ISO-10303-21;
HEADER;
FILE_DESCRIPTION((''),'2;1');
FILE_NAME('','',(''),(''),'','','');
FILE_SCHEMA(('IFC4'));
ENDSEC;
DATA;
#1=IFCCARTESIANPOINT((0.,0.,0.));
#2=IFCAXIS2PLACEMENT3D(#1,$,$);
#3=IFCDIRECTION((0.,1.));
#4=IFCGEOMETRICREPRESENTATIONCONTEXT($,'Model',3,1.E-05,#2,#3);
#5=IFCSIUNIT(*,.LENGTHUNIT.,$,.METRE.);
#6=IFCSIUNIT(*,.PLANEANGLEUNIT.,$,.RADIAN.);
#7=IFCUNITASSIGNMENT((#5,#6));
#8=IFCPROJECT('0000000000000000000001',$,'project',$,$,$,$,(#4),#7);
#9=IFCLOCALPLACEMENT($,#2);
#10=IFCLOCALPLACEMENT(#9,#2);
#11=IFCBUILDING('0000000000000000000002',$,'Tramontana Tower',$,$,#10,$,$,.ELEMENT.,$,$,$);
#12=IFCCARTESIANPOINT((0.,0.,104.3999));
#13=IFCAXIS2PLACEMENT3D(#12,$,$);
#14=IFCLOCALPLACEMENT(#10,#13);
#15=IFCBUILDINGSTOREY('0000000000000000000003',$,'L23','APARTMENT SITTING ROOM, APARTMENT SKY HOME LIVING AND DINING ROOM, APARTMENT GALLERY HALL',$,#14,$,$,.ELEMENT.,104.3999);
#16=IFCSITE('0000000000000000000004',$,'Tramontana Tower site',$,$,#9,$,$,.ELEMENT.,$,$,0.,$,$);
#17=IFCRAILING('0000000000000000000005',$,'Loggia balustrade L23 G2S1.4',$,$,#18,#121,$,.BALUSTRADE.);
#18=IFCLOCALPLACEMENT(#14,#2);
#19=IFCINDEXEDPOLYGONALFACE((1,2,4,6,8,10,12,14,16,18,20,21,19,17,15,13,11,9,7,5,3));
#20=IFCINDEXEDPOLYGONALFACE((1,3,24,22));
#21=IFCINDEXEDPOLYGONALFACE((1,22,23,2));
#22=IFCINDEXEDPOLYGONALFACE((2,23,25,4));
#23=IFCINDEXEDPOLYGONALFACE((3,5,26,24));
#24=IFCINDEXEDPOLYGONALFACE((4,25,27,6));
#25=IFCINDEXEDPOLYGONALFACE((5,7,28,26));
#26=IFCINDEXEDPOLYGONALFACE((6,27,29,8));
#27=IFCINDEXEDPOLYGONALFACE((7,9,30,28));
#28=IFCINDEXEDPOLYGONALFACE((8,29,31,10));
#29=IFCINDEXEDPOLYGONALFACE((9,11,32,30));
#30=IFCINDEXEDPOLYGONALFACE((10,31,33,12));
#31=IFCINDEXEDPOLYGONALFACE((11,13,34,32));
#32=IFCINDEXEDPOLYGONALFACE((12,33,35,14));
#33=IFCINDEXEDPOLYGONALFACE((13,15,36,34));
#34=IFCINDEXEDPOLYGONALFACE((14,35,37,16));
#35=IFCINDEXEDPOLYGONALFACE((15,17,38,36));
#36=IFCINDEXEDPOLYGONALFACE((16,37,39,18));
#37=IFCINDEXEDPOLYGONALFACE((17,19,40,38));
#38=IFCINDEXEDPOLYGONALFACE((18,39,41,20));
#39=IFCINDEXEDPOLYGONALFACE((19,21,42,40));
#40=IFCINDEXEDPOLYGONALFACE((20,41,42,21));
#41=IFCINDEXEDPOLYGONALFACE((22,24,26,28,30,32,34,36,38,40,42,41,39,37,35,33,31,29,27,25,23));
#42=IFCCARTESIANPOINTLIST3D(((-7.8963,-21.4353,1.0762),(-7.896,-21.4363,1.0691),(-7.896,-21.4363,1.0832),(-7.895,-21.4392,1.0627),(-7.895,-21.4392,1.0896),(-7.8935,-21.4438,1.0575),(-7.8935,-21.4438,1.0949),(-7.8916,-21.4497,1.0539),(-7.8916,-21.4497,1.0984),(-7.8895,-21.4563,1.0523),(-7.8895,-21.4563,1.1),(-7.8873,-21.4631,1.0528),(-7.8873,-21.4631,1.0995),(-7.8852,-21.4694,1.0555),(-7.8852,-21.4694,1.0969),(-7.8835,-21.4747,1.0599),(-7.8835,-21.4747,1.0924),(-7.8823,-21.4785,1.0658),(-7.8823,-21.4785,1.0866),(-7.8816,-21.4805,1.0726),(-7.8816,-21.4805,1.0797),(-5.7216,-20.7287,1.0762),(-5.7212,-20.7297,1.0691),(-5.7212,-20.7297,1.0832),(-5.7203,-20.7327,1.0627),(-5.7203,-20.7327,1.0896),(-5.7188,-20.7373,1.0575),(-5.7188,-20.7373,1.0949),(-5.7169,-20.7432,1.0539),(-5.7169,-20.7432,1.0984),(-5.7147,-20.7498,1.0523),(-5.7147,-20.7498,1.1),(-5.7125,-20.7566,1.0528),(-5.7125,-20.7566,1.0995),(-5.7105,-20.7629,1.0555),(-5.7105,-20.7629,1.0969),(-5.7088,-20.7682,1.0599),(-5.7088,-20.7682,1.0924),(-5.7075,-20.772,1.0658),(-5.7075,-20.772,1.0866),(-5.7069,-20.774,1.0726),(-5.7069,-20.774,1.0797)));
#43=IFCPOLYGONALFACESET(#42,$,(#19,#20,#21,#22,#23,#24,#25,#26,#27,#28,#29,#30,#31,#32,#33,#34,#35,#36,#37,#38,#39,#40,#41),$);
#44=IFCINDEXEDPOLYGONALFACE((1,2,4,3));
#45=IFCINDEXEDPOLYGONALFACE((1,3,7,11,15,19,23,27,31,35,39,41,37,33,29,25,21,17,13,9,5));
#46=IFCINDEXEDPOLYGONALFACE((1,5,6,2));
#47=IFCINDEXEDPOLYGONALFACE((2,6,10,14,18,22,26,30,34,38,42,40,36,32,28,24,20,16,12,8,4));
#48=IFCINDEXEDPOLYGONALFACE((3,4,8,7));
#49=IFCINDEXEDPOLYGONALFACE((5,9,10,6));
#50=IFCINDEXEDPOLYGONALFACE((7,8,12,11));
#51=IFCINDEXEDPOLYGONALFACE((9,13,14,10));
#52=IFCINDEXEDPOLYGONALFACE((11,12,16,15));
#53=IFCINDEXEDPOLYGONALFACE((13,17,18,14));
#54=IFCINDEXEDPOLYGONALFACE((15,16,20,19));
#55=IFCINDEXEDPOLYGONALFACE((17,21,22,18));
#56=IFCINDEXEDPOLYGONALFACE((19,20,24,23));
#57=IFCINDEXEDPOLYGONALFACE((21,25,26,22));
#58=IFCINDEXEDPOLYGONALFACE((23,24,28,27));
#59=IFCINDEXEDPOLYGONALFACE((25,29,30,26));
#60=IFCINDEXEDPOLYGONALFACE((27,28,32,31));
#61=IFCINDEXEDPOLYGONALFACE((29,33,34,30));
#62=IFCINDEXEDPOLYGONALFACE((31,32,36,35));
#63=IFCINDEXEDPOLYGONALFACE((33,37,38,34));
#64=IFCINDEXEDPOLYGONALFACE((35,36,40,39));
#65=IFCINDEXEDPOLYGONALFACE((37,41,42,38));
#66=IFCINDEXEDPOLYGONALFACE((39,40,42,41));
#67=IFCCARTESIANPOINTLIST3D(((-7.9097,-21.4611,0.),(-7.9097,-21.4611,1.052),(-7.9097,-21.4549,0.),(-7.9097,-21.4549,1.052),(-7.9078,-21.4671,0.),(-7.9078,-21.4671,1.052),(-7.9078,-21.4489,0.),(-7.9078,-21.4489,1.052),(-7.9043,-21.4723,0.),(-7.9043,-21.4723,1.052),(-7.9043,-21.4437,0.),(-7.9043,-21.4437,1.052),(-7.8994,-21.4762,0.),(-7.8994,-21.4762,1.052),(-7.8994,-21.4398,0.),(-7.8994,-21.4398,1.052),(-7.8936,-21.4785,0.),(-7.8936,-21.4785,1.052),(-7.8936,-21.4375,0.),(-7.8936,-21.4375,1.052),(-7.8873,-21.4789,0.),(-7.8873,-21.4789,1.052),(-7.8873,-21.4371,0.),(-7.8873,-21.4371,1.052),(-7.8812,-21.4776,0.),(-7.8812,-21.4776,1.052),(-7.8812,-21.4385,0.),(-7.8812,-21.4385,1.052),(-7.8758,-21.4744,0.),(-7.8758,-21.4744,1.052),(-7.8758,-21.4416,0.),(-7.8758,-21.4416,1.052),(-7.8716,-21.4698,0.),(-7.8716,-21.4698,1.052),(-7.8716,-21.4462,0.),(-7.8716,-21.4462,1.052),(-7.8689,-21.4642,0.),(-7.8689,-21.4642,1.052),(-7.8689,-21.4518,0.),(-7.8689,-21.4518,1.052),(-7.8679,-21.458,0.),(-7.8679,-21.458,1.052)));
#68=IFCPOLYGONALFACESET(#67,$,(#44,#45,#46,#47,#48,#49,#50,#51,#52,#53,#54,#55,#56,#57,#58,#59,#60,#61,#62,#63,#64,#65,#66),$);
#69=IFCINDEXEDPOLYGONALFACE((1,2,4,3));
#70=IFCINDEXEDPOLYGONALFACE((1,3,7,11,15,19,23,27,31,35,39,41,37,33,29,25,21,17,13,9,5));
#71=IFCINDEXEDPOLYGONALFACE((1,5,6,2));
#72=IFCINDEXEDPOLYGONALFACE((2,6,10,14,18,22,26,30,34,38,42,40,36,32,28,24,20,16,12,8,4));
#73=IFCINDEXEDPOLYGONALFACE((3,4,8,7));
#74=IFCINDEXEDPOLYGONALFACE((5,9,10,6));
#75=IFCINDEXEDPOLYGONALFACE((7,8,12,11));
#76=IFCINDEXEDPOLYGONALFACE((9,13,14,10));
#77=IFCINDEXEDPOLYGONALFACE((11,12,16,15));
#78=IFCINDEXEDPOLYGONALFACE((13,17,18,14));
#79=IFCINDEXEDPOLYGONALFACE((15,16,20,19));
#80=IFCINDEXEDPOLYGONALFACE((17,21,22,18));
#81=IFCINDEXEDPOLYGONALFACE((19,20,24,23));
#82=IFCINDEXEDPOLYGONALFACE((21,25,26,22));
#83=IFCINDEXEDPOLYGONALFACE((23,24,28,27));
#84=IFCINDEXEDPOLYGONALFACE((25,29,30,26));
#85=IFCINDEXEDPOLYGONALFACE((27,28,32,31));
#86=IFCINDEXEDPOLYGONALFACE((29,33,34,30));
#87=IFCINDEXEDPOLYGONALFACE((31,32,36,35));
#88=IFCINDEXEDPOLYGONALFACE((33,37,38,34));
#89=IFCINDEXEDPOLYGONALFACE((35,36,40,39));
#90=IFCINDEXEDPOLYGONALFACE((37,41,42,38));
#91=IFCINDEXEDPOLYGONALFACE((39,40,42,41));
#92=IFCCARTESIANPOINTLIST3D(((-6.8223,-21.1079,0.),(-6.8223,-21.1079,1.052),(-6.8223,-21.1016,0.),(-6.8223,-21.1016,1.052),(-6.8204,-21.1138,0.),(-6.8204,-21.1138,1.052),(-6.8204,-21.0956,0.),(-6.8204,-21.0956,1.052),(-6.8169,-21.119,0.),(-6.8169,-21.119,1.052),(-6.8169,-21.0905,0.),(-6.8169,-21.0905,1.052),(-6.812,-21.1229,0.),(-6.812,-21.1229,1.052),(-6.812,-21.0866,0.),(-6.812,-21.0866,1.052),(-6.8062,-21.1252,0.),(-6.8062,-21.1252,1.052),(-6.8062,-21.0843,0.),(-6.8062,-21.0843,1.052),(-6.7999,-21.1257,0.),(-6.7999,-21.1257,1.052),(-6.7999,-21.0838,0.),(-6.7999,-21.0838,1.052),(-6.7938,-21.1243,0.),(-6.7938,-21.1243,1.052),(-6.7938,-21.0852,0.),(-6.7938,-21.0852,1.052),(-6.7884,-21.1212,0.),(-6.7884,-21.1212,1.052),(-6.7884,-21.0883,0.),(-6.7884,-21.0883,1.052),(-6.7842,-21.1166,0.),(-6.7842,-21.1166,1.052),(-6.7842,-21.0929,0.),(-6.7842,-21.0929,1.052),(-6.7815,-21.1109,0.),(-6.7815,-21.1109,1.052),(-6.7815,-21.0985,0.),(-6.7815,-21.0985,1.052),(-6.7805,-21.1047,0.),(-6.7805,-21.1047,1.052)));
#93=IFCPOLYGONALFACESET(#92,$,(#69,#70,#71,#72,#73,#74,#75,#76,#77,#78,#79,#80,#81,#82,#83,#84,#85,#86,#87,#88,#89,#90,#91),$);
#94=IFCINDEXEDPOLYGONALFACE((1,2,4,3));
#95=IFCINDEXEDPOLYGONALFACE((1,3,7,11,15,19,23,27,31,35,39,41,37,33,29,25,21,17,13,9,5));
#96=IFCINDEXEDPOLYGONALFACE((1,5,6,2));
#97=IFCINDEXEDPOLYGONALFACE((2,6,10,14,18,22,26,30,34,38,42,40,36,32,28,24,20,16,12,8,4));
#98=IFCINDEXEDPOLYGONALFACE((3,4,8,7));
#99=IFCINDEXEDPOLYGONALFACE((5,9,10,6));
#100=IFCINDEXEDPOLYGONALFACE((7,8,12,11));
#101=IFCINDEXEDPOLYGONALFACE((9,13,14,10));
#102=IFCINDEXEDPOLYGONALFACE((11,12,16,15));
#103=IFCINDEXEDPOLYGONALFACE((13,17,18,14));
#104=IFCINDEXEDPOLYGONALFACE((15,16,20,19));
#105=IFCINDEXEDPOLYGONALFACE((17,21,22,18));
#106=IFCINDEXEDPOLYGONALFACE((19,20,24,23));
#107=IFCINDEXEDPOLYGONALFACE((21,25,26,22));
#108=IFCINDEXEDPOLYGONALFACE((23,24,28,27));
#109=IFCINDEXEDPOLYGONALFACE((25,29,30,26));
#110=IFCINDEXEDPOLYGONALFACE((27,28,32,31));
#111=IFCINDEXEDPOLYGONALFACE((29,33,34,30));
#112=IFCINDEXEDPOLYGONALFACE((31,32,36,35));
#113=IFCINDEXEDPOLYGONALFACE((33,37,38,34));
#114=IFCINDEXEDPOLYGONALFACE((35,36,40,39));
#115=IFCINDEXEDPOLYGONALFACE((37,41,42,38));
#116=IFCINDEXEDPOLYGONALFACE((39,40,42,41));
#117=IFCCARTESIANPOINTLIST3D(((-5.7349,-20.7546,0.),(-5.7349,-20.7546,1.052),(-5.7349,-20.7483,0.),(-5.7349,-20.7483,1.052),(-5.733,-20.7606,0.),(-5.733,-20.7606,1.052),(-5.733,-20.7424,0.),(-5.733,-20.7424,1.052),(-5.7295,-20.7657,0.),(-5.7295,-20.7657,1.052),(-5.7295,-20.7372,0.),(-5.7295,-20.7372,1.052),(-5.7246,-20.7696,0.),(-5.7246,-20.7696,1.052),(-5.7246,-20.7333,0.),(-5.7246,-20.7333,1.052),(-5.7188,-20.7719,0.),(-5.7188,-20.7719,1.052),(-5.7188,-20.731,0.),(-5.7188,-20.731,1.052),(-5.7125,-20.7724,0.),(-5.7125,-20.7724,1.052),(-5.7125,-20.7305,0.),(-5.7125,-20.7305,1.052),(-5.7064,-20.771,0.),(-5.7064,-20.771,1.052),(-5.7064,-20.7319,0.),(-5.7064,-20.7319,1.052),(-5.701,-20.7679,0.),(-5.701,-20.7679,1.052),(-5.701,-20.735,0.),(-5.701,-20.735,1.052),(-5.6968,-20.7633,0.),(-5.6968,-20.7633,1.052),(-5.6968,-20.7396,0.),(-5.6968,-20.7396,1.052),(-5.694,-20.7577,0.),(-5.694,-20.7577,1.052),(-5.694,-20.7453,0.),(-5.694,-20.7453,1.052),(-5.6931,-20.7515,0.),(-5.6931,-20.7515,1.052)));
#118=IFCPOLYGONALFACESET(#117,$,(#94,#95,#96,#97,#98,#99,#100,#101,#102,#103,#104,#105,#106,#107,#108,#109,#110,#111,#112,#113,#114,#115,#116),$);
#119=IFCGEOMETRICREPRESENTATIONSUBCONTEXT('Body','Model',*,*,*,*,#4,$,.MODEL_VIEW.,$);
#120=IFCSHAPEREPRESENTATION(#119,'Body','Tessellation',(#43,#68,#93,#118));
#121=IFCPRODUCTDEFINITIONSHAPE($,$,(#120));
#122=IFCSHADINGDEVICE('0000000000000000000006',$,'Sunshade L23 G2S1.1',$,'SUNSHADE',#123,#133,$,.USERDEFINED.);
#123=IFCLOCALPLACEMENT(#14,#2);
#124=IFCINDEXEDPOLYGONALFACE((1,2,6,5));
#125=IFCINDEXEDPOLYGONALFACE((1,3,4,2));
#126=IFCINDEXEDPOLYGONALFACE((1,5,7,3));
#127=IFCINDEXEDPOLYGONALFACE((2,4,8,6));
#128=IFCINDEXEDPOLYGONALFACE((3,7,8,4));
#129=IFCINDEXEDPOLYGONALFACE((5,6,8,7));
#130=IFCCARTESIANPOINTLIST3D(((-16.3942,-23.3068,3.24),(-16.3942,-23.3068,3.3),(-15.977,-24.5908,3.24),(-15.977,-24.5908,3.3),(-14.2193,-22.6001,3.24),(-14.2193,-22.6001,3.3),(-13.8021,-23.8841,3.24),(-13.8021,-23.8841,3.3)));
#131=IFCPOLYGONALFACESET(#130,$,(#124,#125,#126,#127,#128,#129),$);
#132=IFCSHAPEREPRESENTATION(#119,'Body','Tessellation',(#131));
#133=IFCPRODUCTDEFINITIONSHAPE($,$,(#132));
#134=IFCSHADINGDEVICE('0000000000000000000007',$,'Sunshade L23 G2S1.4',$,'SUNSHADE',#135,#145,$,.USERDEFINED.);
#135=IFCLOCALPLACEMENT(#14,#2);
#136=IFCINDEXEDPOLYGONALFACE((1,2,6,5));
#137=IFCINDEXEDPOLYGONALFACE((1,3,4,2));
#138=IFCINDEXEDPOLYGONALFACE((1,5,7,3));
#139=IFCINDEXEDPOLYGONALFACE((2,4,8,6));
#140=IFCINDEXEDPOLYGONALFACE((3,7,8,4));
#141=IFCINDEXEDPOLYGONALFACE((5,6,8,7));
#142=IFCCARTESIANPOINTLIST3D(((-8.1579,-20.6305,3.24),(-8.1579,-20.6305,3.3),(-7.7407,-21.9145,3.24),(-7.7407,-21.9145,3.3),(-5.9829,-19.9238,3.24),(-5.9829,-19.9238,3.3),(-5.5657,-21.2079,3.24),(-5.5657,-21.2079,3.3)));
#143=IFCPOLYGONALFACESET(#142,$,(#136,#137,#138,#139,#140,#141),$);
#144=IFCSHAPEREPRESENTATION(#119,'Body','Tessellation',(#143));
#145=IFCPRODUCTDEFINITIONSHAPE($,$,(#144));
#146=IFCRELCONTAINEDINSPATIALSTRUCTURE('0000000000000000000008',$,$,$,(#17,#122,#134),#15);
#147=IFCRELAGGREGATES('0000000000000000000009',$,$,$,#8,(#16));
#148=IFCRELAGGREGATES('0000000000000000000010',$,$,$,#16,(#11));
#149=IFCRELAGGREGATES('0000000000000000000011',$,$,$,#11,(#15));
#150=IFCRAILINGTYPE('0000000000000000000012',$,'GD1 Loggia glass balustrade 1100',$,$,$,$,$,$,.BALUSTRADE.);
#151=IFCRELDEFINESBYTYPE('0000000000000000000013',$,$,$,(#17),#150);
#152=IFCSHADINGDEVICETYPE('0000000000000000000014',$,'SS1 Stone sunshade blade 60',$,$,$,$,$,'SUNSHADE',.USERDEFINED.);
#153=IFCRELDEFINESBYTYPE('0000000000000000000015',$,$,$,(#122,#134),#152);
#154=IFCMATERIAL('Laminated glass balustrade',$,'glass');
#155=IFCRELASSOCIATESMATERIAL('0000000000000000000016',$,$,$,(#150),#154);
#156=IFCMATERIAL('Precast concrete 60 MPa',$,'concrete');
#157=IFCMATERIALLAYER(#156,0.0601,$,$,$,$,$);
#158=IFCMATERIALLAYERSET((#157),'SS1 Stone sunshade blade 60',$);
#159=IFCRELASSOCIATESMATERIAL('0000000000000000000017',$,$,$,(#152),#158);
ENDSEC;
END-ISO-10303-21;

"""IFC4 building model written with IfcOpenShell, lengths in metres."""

from ifc_helpers import new_model, si_unit, direction, frame, origin, origin_2d, place, context, subcontext, project, spatial, rectangle, circle, extrude, material, layer, layer_set, type_object, element, save


model = new_model("IFC4")

# Units and contexts
model_context = context("Model", 3, precision=1e-05, world=origin(), true_north=direction((0.0, 1.0)))
body_context = subcontext(model_context, "Body", "Model", "MODEL_VIEW")
ifc_project = project(units=[si_unit("LENGTHUNIT", "METRE"), si_unit("PLANEANGLEUNIT", "RADIAN")], contexts=[model_context])

# Site, building, storey
site_placement = place(None, origin())
site = spatial("IfcSite", under=ifc_project, at=site_placement, Name="Tramontana Tower site", CompositionType="ELEMENT", RefElevation=0.0)
building_placement = place(site_placement, origin())
building = spatial("IfcBuilding", under=site, at=building_placement, Name="Tramontana Tower", CompositionType="ELEMENT")
storey_placement = place(building_placement, frame((0.0, 0.0, 104.3999)))
storey = spatial("IfcBuildingStorey", under=building, at=storey_placement, Name="L23", Description="APARTMENT SITTING ROOM, APARTMENT SKY HOME LIVING AND DINING ROOM, APARTMENT GALLERY HALL", CompositionType="ELEMENT", Elevation=104.3999)

# Railing
ifc_material_1 = material(Name="Laminated glass balustrade", Category="glass")
railing_type = type_object("IfcRailingType", Name="GD1 Loggia glass balustrade 1100", PredefinedType="BALUSTRADE", material=ifc_material_1)
railing_1_placement = place(storey_placement, frame((-7.8889, -21.458, 0.0)))
element("IfcRailing", 1, at=railing_1_placement, inside=storey, type_object=railing_type, Name="Loggia balustrade L23 G2S1.4", PredefinedType="BALUSTRADE", context=body_context, shape_type="SweptSolid", body=[
    extrude(circle(Radius=0.0239, at=origin_2d()), frame((0.0, 0.0, 1.0762), z_axis=(0.951069, 0.30898, 0.0), x_axis=(-0.30898, 0.951069, 0.0)), (0.0, 0.0, 1.0), 2.2866),
    extrude(circle(Radius=0.021, at=origin_2d()), origin(), (0.0, 0.0, 1.0), 1.052),
    extrude(circle(Radius=0.021, at=origin_2d()), frame((1.0874, 0.3533, 0.0)), (0.0, 0.0, 1.0), 1.052),
    extrude(circle(Radius=0.021, at=origin_2d()), frame((2.1748, 0.7065, 0.0)), (0.0, 0.0, 1.0), 1.052),
])

# Shading devices
ifc_material_2 = material(Name="Precast concrete 60 MPa", Category="concrete")
ifc_layer_1 = layer(ifc_material_2, 0.0601)
ifc_layer_set_1 = layer_set([ifc_layer_1], Name="SS1 Stone sunshade blade 60")
shading_device_type = type_object("IfcShadingDeviceType", Name="SS1 Stone sunshade blade 60", ElementType="SUNSHADE", PredefinedType="USERDEFINED", material=ifc_layer_set_1)
for number, where, z_axis, x_axis, name in (
    (2, (-15.0981, -23.5955, 3.24), (0.0, 0.0, 1.0), (0.951057, 0.309017, 0.0), "Sunshade L23 G2S1.1"),
    (3, (-6.8618, -20.9192, 3.24), (0.0, 0.0, 1.0), (0.951057, 0.309017, 0.0), "Sunshade L23 G2S1.4"),
):
    element("IfcShadingDevice", number, at=place(storey_placement, frame(where, z_axis=z_axis, x_axis=x_axis)), inside=storey, type_object=shading_device_type, Name=name, ObjectType="SUNSHADE", PredefinedType="USERDEFINED", context=body_context, shape_type="SweptSolid", body=[
        extrude(rectangle(XDim=2.2869, YDim=1.3501, at=origin_2d()), origin(), (0.0, 0.0, 1.0), 0.0601),
    ])

save(model, "model.ifc")
